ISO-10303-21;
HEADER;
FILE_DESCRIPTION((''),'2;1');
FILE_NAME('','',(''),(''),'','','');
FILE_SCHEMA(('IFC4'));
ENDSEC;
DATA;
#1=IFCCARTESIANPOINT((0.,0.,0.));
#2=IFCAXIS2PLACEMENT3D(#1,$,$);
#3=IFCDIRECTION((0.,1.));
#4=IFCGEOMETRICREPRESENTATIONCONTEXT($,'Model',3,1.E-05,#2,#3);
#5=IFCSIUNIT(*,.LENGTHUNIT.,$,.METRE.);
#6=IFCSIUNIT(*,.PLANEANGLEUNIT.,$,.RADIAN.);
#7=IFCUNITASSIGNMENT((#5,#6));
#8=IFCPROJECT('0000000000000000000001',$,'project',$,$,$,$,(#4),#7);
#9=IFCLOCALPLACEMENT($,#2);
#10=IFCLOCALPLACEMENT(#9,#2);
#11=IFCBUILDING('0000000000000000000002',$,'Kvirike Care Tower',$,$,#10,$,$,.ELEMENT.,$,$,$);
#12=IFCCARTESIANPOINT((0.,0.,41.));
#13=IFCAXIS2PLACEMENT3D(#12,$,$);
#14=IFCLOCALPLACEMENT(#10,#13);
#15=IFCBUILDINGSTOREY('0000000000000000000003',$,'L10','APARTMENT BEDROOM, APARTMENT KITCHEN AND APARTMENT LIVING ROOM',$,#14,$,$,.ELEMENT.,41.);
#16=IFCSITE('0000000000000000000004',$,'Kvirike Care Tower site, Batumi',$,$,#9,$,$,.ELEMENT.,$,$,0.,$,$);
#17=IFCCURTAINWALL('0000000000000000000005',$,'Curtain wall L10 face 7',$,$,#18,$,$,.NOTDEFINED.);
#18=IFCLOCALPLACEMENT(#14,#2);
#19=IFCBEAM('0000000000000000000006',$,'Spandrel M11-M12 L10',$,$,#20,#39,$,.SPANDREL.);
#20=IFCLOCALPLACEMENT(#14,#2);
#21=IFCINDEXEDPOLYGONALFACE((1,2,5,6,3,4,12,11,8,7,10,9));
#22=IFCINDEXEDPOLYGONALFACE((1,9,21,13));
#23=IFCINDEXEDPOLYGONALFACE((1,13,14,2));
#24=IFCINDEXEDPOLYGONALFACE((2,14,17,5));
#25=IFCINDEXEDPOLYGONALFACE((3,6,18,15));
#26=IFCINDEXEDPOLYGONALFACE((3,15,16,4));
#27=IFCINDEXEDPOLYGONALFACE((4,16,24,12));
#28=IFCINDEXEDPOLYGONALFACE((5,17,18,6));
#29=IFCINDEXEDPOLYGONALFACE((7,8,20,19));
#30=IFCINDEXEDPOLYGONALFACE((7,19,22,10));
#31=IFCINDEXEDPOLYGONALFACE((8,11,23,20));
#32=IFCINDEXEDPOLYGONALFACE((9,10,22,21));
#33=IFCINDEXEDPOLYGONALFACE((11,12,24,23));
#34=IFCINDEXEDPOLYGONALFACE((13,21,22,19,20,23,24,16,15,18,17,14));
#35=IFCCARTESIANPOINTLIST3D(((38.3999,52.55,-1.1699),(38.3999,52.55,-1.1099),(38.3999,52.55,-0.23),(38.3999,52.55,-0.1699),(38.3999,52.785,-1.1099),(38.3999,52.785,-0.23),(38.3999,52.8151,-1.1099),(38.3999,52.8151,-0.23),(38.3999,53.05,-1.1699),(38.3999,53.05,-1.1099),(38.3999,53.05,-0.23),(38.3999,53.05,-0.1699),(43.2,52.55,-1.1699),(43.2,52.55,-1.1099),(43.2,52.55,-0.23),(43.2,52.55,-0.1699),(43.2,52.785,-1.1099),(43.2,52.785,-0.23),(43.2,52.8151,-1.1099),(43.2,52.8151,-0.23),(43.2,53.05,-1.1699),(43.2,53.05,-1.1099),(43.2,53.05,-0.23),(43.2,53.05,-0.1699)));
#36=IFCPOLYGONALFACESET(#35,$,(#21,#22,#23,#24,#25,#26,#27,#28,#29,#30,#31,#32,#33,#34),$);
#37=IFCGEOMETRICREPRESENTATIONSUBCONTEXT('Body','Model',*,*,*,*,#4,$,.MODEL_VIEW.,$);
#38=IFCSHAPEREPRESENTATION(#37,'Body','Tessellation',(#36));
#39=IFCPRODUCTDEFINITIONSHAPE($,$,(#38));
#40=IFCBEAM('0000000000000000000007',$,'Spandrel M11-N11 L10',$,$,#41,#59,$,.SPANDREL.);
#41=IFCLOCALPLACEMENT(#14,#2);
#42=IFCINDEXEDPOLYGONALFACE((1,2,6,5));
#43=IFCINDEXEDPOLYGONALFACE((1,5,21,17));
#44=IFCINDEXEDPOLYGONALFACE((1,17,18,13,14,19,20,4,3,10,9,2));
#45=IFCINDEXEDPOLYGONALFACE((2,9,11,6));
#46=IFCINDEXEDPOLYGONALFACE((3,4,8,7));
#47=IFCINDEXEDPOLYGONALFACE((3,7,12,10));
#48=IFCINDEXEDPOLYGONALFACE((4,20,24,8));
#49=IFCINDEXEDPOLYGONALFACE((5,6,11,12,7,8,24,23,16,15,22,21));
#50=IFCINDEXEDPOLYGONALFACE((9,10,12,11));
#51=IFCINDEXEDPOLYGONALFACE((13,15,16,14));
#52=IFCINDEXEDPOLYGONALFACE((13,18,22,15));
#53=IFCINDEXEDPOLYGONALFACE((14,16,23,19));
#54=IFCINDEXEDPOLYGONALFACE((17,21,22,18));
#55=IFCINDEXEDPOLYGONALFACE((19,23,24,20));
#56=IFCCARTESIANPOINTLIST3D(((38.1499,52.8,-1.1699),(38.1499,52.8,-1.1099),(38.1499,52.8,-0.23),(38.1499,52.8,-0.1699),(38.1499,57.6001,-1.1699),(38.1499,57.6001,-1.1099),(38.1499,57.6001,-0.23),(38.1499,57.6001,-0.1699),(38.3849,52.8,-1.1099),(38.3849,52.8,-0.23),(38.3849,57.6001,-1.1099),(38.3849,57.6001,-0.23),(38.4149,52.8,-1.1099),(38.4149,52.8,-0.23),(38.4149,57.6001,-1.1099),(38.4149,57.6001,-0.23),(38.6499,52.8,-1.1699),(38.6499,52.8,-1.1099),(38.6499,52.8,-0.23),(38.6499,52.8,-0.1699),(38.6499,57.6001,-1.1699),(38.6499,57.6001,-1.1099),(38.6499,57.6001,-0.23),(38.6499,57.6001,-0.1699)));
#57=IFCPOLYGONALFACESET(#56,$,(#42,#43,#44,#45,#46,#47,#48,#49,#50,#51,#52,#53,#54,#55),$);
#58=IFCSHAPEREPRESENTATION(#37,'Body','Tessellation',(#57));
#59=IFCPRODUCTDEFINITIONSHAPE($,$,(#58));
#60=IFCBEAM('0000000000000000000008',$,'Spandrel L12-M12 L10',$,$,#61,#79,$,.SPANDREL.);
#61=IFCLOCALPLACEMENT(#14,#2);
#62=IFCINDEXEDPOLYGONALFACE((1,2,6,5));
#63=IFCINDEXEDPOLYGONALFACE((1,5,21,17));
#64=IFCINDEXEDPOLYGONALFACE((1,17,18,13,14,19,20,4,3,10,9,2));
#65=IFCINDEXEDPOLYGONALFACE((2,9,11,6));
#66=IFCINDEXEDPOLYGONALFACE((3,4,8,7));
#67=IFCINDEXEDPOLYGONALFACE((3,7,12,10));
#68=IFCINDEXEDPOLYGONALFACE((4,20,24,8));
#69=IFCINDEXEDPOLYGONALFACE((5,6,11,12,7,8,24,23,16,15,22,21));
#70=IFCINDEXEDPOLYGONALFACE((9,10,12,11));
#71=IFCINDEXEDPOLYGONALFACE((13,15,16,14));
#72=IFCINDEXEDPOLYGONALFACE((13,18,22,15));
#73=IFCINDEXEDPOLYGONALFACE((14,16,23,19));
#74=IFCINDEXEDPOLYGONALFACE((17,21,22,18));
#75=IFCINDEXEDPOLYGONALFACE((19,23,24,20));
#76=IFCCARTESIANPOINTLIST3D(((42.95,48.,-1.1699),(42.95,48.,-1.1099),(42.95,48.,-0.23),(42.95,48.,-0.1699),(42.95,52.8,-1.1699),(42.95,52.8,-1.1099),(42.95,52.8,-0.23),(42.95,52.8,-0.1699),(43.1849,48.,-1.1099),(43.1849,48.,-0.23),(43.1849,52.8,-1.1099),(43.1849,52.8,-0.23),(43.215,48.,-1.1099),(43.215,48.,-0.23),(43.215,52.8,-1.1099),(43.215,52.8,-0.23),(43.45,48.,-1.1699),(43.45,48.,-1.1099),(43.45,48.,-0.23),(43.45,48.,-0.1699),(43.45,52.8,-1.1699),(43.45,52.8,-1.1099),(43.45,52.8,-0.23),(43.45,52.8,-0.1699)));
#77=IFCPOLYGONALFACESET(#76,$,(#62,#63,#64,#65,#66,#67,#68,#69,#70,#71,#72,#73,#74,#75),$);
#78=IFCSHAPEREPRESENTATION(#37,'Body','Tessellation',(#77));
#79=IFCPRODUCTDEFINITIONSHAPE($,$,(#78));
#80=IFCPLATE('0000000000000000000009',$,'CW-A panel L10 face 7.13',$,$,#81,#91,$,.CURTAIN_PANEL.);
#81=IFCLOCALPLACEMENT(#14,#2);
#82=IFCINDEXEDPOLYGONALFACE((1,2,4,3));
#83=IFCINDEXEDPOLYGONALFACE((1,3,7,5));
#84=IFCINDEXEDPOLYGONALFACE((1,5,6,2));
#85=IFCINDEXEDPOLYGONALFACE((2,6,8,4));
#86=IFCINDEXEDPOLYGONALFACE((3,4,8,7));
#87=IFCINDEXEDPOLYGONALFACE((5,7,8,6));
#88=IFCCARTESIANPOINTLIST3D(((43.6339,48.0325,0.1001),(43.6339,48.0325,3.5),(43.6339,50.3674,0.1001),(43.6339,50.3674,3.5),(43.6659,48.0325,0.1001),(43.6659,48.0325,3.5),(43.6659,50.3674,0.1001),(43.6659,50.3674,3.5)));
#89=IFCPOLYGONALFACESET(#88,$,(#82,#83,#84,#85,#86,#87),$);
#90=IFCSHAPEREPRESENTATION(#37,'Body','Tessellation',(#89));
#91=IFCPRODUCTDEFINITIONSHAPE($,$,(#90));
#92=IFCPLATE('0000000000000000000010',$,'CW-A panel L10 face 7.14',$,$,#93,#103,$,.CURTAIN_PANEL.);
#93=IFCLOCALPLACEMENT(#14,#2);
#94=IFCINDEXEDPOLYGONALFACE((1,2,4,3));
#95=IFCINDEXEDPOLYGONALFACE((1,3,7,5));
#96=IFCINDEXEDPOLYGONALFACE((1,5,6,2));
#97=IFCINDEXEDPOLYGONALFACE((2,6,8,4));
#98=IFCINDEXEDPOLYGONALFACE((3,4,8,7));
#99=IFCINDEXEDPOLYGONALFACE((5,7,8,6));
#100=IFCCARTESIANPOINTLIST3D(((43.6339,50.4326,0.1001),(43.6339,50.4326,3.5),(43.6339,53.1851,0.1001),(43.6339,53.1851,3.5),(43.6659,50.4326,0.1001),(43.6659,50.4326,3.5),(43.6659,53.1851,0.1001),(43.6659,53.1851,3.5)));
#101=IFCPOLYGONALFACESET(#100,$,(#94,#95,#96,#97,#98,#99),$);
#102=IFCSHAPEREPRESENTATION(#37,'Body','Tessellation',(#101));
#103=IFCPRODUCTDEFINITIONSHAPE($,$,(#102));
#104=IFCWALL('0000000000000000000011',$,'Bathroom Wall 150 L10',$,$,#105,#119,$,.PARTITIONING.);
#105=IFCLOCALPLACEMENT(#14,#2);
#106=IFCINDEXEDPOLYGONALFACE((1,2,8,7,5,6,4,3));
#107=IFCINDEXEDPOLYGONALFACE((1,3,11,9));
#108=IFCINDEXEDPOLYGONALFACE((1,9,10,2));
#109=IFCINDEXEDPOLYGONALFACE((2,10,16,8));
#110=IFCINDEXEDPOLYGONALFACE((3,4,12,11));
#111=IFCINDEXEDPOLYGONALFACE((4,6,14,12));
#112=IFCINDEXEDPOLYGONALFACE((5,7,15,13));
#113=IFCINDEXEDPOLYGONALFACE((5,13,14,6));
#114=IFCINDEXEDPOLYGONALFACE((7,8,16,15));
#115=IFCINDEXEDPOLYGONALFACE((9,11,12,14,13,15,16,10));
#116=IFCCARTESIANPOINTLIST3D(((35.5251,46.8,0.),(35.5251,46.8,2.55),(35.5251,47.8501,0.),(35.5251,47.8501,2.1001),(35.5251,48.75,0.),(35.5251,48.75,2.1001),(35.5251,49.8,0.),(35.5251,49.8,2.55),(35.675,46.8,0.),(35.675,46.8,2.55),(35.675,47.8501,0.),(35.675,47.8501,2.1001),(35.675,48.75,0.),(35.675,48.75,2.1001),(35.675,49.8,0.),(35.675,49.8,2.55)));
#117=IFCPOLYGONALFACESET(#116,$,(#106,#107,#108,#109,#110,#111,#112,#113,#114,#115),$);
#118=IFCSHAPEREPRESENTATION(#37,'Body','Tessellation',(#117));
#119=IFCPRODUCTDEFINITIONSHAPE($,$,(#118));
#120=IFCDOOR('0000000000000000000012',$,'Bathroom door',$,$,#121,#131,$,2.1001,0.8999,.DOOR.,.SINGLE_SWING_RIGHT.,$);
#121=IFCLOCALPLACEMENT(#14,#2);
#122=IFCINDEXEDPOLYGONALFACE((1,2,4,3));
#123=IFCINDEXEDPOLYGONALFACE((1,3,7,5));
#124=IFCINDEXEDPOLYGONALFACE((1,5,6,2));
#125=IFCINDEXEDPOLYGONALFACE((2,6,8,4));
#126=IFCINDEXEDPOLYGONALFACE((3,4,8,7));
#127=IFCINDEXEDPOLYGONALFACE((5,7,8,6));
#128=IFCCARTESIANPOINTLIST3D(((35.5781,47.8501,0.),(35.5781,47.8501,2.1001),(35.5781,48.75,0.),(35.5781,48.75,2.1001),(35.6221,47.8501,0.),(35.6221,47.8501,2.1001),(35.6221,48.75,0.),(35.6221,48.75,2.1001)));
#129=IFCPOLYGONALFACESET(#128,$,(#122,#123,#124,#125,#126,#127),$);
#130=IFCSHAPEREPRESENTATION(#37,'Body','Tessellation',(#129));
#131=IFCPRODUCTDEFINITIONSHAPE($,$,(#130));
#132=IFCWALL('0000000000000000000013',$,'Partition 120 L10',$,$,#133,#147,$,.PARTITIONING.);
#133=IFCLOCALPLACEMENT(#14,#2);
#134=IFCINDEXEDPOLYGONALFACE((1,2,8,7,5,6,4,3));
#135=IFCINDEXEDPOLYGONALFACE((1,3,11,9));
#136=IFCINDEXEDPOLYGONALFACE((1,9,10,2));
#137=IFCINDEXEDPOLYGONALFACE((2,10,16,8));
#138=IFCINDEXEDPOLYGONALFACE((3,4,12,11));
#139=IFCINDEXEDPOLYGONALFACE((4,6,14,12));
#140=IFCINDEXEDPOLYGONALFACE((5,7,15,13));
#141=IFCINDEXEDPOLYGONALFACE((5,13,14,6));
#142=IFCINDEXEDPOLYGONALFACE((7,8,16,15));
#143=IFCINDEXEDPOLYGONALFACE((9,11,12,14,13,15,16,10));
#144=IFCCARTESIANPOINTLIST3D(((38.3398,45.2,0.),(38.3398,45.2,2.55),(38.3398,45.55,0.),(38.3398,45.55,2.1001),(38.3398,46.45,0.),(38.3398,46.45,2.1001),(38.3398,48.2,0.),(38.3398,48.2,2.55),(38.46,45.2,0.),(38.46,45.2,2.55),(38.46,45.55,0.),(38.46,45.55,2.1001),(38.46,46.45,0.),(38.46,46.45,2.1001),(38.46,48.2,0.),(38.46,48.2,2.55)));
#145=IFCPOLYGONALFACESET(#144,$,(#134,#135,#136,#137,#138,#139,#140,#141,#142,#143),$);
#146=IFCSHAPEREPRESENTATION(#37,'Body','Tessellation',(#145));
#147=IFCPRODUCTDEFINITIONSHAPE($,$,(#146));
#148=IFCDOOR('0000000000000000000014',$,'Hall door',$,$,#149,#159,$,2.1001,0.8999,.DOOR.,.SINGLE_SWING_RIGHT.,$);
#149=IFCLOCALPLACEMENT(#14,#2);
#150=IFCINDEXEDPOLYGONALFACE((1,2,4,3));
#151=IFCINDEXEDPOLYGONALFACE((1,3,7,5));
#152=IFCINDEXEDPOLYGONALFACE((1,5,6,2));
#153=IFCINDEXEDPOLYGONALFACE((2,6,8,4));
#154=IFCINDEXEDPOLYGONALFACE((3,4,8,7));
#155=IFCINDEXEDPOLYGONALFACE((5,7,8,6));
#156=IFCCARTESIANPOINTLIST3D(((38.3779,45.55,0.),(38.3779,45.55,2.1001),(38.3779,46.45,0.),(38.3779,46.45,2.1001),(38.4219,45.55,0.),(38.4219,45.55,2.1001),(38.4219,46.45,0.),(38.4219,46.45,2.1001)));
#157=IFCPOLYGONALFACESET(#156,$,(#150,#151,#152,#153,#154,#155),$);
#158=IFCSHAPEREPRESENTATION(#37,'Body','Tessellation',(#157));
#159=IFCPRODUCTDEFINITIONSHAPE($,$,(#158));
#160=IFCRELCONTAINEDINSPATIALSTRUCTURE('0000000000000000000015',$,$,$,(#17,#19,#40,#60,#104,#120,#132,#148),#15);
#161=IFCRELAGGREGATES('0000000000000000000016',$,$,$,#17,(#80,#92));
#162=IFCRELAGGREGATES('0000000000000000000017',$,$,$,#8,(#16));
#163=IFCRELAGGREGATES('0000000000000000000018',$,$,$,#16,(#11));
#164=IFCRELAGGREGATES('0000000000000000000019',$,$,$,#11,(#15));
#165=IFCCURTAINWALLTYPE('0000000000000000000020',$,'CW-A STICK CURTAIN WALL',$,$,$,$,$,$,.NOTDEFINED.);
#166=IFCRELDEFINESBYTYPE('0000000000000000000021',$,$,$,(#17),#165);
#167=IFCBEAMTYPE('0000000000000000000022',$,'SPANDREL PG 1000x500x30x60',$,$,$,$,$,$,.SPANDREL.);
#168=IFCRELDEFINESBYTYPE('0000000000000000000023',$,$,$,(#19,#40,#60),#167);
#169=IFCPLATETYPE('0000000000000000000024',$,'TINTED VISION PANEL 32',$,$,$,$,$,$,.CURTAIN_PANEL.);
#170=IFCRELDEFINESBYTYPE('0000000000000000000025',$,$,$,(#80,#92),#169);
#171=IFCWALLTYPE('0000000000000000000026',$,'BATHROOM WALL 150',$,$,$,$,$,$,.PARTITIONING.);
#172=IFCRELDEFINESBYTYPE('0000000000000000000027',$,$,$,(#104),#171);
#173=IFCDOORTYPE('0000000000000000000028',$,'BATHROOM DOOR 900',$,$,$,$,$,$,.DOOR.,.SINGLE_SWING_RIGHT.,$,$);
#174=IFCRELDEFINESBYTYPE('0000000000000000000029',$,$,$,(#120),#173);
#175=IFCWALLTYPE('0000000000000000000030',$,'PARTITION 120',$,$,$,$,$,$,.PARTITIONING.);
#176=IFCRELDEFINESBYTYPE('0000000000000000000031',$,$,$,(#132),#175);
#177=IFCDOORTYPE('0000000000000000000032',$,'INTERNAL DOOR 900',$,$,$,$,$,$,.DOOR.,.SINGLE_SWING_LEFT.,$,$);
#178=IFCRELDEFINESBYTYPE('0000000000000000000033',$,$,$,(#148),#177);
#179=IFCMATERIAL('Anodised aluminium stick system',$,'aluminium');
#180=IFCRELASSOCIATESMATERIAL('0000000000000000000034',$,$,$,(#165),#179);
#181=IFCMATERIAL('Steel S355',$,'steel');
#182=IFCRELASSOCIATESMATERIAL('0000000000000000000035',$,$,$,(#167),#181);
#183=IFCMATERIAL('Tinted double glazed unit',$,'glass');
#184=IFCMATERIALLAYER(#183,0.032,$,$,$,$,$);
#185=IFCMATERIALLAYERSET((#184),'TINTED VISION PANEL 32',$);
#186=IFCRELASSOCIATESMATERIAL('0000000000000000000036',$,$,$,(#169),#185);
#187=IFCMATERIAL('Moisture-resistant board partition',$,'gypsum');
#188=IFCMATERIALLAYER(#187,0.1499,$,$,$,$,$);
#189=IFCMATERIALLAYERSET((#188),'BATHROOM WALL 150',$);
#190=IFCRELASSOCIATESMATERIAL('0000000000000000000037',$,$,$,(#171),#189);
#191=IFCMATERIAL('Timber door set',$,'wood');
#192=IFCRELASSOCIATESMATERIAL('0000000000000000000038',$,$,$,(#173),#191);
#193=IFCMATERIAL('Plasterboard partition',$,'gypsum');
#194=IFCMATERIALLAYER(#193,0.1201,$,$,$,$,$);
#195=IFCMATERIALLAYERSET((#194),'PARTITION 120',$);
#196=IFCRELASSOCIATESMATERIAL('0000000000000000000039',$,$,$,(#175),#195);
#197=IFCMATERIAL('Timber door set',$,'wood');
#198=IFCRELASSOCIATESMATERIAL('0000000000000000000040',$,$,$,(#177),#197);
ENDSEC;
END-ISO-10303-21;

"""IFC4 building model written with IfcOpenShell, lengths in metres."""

from ifc_helpers import new_model, si_unit, direction, frame, frame_2d, origin, origin_2d, place, context, subcontext, project, spatial, rectangle, i_section, extrude, material, layer, layer_set, material_profile, profile_set, type_object, element, fill, aggregate, save


model = new_model("IFC4")

# Units and contexts
model_context = context("Model", 3, precision=1e-05, world=origin(), true_north=direction((0.0, 1.0)))
body_context = subcontext(model_context, "Body", "Model", "MODEL_VIEW")
ifc_project = project(units=[si_unit("LENGTHUNIT", "METRE"), si_unit("PLANEANGLEUNIT", "RADIAN")], contexts=[model_context])

# Site, building, storey
site_placement = place(None, origin())
site = spatial("IfcSite", under=ifc_project, at=site_placement, Name="Kvirike Care Tower site, Batumi", CompositionType="ELEMENT", RefElevation=0.0)
building_placement = place(site_placement, origin())
building = spatial("IfcBuilding", under=site, at=building_placement, Name="Kvirike Care Tower", CompositionType="ELEMENT")
storey_placement = place(building_placement, frame((0.0, 0.0, 41.0)))
storey = spatial("IfcBuildingStorey", under=building, at=storey_placement, Name="L10", Description="APARTMENT BEDROOM, APARTMENT KITCHEN AND APARTMENT LIVING ROOM", CompositionType="ELEMENT", Elevation=41.0)

# Curtain wall
ifc_material_1 = material(Name="Anodised aluminium stick system", Category="aluminium")
curtain_wall_type = type_object("IfcCurtainWallType", Name="CW-A STICK CURTAIN WALL", PredefinedType="NOTDEFINED", material=ifc_material_1)
curtain_wall_1_placement = place(storey_placement, origin())
curtain_wall_1 = element("IfcCurtainWall", 1, at=curtain_wall_1_placement, inside=storey, type_object=curtain_wall_type, Name="Curtain wall L10 face 7", PredefinedType="NOTDEFINED")

# Beams
ifc_material_2 = material(Name="Steel S355", Category="steel")
ifc_material_profile_1 = material_profile(ifc_material_2, i_section(OverallWidth=0.5, OverallDepth=1.0, WebThickness=0.03, FlangeThickness=0.0601, at=origin_2d()), Name="PG 1000x500x30x60")
ifc_profile_set_1 = profile_set([ifc_material_profile_1], Name="Steel S355")
beam_type = type_object("IfcBeamType", Name="SPANDREL PG 1000x500x30x60", PredefinedType="SPANDREL", material=ifc_profile_set_1)
for number, where, z_axis, x_axis, name in (
    (2, (38.3999, 52.8, -0.6699), (1.0, 0.0, 0.0), (0.0, 1.0, 0.0), "Spandrel M11-M12 L10"),
    (3, (38.3999, 52.8, -0.6699), (0.0, 1.0, 0.0), (-1.0, 0.0, 0.0), "Spandrel M11-N11 L10"),
    (4, (43.2, 48.0, -0.6699), (0.0, 1.0, 0.0), (-1.0, 0.0, 0.0), "Spandrel L12-M12 L10"),
):
    element("IfcBeam", number, at=place(storey_placement, frame(where, z_axis=z_axis, x_axis=x_axis)), inside=storey, type_object=beam_type, Name=name, PredefinedType="SPANDREL", context=body_context, shape_type="SweptSolid", body=[
        extrude(i_section(OverallWidth=0.5, OverallDepth=1.0, WebThickness=0.03, FlangeThickness=0.0601, at=origin_2d()), origin(), (0.0, 0.0, 1.0), 4.8),
    ])

# Plates
ifc_material_3 = material(Name="Tinted double glazed unit", Category="glass")
ifc_layer_1 = layer(ifc_material_3, 0.032)
ifc_layer_set_1 = layer_set([ifc_layer_1], Name="TINTED VISION PANEL 32")
plate_type = type_object("IfcPlateType", Name="TINTED VISION PANEL 32", PredefinedType="CURTAIN_PANEL", material=ifc_layer_set_1)
plate_1_placement = place(storey_placement, frame((43.6499, 49.2, 0.1001), z_axis=(0.0, 0.0, 1.0), x_axis=(0.0, 1.0, 0.0)))
plate_1 = element("IfcPlate", 5, at=plate_1_placement, type_object=plate_type, Name="CW-A panel L10 face 7.13", PredefinedType="CURTAIN_PANEL", context=body_context, shape_type="SweptSolid", body=[
    extrude(rectangle(XDim=2.335, YDim=0.032, at=origin_2d()), origin(), (0.0, 0.0, 1.0), 3.3999),
])
plate_2_placement = place(storey_placement, frame((43.6499, 51.8088, 0.1001), z_axis=(0.0, 0.0, 1.0), x_axis=(0.0, 1.0, 0.0)))
plate_2 = element("IfcPlate", 6, at=plate_2_placement, type_object=plate_type, Name="CW-A panel L10 face 7.14", PredefinedType="CURTAIN_PANEL", context=body_context, shape_type="SweptSolid", body=[
    extrude(rectangle(XDim=2.7524, YDim=0.032, at=origin_2d()), origin(), (0.0, 0.0, 1.0), 3.3999),
])
aggregate(curtain_wall_1, [plate_1, plate_2])

# Walls, openings, doors
ifc_material_4 = material(Name="Moisture-resistant board partition", Category="gypsum")
ifc_layer_2 = layer(ifc_material_4, 0.1499)
ifc_layer_set_2 = layer_set([ifc_layer_2], Name="BATHROOM WALL 150")
wall_type_1 = type_object("IfcWallType", Name="BATHROOM WALL 150", PredefinedType="PARTITIONING", material=ifc_layer_set_2)
wall_1_placement = place(storey_placement, frame((35.6001, 49.8, 0.0), z_axis=(0.0, 0.0, 1.0), x_axis=(0.0, -1.0, 0.0)))
wall_1 = element("IfcWall", 7, at=wall_1_placement, inside=storey, type_object=wall_type_1, Name="Bathroom Wall 150 L10", PredefinedType="PARTITIONING", context=body_context, shape_type="SweptSolid", body=[
    extrude(rectangle(XDim=3.0, YDim=0.1499, at=frame_2d((1.5, 0.0))), origin(), (0.0, 0.0, 1.0), 2.55),
])
opening_1_placement = place(wall_1_placement, frame((1.05, 0.0, 0.0)))
opening_1 = element("IfcOpeningElement", 8, at=opening_1_placement, cuts=wall_1, PredefinedType="OPENING", context=body_context, shape_type="SweptSolid", body=[
    extrude(rectangle(XDim=0.8999, YDim=2.1001, at=frame_2d((0.45, 1.05))), frame((0.0, 0.0854, 0.0), z_axis=(0.0, -1.0, 0.0), x_axis=(1.0, 0.0, 0.0)), (0.0, 0.0, 1.0), 0.1709),
])
ifc_material_5 = material(Name="Timber door set", Category="wood")
door_type_1 = type_object("IfcDoorType", Name="BATHROOM DOOR 900", OperationType="SINGLE_SWING_RIGHT", PredefinedType="DOOR", material=ifc_material_5)
door_1_placement = place(opening_1_placement, origin())
door_1 = element("IfcDoor", 9, at=door_1_placement, inside=storey, type_object=door_type_1, Name="Bathroom door", OperationType="SINGLE_SWING_RIGHT", OverallHeight=2.1001, OverallWidth=0.8999, PredefinedType="DOOR", context=body_context, shape_type="SweptSolid", body=[
    extrude(rectangle(XDim=0.8999, YDim=2.1001, at=frame_2d((0.45, 1.05))), frame((0.0, 0.022, 0.0), z_axis=(0.0, -1.0, 0.0), x_axis=(1.0, 0.0, 0.0)), (0.0, 0.0, 1.0), 0.0439),
])
fill(opening_1, door_1)
ifc_material_6 = material(Name="Plasterboard partition", Category="gypsum")
ifc_layer_3 = layer(ifc_material_6, 0.1201)
ifc_layer_set_3 = layer_set([ifc_layer_3], Name="PARTITION 120")
wall_type_2 = type_object("IfcWallType", Name="PARTITION 120", PredefinedType="PARTITIONING", material=ifc_layer_set_3)
wall_2_placement = place(storey_placement, frame((38.3999, 48.2, 0.0), z_axis=(0.0, 0.0, 1.0), x_axis=(0.0, -1.0, 0.0)))
wall_2 = element("IfcWall", 10, at=wall_2_placement, inside=storey, type_object=wall_type_2, Name="Partition 120 L10", PredefinedType="PARTITIONING", context=body_context, shape_type="SweptSolid", body=[
    extrude(rectangle(XDim=3.0, YDim=0.1201, at=frame_2d((1.5, 0.0))), origin(), (0.0, 0.0, 1.0), 2.55),
])
opening_2_placement = place(wall_2_placement, frame((1.75, 0.0, 0.0)))
opening_2 = element("IfcOpeningElement", 11, at=opening_2_placement, cuts=wall_2, PredefinedType="OPENING", context=body_context, shape_type="SweptSolid", body=[
    extrude(rectangle(XDim=0.8999, YDim=2.1001, at=frame_2d((0.45, 1.05))), frame((0.0, 0.0706, 0.0), z_axis=(0.0, -1.0, 0.0), x_axis=(1.0, 0.0, 0.0)), (0.0, 0.0, 1.0), 0.1411),
])
ifc_material_7 = material(Name="Timber door set", Category="wood")
door_type_2 = type_object("IfcDoorType", Name="INTERNAL DOOR 900", OperationType="SINGLE_SWING_LEFT", PredefinedType="DOOR", material=ifc_material_7)
door_2_placement = place(opening_2_placement, origin())
door_2 = element("IfcDoor", 12, at=door_2_placement, inside=storey, type_object=door_type_2, Name="Hall door", OperationType="SINGLE_SWING_RIGHT", OverallHeight=2.1001, OverallWidth=0.8999, PredefinedType="DOOR", context=body_context, shape_type="SweptSolid", body=[
    extrude(rectangle(XDim=0.8999, YDim=2.1001, at=frame_2d((0.45, 1.05))), frame((0.0, 0.022, 0.0), z_axis=(0.0, -1.0, 0.0), x_axis=(1.0, 0.0, 0.0)), (0.0, 0.0, 1.0), 0.0439),
])
fill(opening_2, door_2)

save(model, "model.ifc")
